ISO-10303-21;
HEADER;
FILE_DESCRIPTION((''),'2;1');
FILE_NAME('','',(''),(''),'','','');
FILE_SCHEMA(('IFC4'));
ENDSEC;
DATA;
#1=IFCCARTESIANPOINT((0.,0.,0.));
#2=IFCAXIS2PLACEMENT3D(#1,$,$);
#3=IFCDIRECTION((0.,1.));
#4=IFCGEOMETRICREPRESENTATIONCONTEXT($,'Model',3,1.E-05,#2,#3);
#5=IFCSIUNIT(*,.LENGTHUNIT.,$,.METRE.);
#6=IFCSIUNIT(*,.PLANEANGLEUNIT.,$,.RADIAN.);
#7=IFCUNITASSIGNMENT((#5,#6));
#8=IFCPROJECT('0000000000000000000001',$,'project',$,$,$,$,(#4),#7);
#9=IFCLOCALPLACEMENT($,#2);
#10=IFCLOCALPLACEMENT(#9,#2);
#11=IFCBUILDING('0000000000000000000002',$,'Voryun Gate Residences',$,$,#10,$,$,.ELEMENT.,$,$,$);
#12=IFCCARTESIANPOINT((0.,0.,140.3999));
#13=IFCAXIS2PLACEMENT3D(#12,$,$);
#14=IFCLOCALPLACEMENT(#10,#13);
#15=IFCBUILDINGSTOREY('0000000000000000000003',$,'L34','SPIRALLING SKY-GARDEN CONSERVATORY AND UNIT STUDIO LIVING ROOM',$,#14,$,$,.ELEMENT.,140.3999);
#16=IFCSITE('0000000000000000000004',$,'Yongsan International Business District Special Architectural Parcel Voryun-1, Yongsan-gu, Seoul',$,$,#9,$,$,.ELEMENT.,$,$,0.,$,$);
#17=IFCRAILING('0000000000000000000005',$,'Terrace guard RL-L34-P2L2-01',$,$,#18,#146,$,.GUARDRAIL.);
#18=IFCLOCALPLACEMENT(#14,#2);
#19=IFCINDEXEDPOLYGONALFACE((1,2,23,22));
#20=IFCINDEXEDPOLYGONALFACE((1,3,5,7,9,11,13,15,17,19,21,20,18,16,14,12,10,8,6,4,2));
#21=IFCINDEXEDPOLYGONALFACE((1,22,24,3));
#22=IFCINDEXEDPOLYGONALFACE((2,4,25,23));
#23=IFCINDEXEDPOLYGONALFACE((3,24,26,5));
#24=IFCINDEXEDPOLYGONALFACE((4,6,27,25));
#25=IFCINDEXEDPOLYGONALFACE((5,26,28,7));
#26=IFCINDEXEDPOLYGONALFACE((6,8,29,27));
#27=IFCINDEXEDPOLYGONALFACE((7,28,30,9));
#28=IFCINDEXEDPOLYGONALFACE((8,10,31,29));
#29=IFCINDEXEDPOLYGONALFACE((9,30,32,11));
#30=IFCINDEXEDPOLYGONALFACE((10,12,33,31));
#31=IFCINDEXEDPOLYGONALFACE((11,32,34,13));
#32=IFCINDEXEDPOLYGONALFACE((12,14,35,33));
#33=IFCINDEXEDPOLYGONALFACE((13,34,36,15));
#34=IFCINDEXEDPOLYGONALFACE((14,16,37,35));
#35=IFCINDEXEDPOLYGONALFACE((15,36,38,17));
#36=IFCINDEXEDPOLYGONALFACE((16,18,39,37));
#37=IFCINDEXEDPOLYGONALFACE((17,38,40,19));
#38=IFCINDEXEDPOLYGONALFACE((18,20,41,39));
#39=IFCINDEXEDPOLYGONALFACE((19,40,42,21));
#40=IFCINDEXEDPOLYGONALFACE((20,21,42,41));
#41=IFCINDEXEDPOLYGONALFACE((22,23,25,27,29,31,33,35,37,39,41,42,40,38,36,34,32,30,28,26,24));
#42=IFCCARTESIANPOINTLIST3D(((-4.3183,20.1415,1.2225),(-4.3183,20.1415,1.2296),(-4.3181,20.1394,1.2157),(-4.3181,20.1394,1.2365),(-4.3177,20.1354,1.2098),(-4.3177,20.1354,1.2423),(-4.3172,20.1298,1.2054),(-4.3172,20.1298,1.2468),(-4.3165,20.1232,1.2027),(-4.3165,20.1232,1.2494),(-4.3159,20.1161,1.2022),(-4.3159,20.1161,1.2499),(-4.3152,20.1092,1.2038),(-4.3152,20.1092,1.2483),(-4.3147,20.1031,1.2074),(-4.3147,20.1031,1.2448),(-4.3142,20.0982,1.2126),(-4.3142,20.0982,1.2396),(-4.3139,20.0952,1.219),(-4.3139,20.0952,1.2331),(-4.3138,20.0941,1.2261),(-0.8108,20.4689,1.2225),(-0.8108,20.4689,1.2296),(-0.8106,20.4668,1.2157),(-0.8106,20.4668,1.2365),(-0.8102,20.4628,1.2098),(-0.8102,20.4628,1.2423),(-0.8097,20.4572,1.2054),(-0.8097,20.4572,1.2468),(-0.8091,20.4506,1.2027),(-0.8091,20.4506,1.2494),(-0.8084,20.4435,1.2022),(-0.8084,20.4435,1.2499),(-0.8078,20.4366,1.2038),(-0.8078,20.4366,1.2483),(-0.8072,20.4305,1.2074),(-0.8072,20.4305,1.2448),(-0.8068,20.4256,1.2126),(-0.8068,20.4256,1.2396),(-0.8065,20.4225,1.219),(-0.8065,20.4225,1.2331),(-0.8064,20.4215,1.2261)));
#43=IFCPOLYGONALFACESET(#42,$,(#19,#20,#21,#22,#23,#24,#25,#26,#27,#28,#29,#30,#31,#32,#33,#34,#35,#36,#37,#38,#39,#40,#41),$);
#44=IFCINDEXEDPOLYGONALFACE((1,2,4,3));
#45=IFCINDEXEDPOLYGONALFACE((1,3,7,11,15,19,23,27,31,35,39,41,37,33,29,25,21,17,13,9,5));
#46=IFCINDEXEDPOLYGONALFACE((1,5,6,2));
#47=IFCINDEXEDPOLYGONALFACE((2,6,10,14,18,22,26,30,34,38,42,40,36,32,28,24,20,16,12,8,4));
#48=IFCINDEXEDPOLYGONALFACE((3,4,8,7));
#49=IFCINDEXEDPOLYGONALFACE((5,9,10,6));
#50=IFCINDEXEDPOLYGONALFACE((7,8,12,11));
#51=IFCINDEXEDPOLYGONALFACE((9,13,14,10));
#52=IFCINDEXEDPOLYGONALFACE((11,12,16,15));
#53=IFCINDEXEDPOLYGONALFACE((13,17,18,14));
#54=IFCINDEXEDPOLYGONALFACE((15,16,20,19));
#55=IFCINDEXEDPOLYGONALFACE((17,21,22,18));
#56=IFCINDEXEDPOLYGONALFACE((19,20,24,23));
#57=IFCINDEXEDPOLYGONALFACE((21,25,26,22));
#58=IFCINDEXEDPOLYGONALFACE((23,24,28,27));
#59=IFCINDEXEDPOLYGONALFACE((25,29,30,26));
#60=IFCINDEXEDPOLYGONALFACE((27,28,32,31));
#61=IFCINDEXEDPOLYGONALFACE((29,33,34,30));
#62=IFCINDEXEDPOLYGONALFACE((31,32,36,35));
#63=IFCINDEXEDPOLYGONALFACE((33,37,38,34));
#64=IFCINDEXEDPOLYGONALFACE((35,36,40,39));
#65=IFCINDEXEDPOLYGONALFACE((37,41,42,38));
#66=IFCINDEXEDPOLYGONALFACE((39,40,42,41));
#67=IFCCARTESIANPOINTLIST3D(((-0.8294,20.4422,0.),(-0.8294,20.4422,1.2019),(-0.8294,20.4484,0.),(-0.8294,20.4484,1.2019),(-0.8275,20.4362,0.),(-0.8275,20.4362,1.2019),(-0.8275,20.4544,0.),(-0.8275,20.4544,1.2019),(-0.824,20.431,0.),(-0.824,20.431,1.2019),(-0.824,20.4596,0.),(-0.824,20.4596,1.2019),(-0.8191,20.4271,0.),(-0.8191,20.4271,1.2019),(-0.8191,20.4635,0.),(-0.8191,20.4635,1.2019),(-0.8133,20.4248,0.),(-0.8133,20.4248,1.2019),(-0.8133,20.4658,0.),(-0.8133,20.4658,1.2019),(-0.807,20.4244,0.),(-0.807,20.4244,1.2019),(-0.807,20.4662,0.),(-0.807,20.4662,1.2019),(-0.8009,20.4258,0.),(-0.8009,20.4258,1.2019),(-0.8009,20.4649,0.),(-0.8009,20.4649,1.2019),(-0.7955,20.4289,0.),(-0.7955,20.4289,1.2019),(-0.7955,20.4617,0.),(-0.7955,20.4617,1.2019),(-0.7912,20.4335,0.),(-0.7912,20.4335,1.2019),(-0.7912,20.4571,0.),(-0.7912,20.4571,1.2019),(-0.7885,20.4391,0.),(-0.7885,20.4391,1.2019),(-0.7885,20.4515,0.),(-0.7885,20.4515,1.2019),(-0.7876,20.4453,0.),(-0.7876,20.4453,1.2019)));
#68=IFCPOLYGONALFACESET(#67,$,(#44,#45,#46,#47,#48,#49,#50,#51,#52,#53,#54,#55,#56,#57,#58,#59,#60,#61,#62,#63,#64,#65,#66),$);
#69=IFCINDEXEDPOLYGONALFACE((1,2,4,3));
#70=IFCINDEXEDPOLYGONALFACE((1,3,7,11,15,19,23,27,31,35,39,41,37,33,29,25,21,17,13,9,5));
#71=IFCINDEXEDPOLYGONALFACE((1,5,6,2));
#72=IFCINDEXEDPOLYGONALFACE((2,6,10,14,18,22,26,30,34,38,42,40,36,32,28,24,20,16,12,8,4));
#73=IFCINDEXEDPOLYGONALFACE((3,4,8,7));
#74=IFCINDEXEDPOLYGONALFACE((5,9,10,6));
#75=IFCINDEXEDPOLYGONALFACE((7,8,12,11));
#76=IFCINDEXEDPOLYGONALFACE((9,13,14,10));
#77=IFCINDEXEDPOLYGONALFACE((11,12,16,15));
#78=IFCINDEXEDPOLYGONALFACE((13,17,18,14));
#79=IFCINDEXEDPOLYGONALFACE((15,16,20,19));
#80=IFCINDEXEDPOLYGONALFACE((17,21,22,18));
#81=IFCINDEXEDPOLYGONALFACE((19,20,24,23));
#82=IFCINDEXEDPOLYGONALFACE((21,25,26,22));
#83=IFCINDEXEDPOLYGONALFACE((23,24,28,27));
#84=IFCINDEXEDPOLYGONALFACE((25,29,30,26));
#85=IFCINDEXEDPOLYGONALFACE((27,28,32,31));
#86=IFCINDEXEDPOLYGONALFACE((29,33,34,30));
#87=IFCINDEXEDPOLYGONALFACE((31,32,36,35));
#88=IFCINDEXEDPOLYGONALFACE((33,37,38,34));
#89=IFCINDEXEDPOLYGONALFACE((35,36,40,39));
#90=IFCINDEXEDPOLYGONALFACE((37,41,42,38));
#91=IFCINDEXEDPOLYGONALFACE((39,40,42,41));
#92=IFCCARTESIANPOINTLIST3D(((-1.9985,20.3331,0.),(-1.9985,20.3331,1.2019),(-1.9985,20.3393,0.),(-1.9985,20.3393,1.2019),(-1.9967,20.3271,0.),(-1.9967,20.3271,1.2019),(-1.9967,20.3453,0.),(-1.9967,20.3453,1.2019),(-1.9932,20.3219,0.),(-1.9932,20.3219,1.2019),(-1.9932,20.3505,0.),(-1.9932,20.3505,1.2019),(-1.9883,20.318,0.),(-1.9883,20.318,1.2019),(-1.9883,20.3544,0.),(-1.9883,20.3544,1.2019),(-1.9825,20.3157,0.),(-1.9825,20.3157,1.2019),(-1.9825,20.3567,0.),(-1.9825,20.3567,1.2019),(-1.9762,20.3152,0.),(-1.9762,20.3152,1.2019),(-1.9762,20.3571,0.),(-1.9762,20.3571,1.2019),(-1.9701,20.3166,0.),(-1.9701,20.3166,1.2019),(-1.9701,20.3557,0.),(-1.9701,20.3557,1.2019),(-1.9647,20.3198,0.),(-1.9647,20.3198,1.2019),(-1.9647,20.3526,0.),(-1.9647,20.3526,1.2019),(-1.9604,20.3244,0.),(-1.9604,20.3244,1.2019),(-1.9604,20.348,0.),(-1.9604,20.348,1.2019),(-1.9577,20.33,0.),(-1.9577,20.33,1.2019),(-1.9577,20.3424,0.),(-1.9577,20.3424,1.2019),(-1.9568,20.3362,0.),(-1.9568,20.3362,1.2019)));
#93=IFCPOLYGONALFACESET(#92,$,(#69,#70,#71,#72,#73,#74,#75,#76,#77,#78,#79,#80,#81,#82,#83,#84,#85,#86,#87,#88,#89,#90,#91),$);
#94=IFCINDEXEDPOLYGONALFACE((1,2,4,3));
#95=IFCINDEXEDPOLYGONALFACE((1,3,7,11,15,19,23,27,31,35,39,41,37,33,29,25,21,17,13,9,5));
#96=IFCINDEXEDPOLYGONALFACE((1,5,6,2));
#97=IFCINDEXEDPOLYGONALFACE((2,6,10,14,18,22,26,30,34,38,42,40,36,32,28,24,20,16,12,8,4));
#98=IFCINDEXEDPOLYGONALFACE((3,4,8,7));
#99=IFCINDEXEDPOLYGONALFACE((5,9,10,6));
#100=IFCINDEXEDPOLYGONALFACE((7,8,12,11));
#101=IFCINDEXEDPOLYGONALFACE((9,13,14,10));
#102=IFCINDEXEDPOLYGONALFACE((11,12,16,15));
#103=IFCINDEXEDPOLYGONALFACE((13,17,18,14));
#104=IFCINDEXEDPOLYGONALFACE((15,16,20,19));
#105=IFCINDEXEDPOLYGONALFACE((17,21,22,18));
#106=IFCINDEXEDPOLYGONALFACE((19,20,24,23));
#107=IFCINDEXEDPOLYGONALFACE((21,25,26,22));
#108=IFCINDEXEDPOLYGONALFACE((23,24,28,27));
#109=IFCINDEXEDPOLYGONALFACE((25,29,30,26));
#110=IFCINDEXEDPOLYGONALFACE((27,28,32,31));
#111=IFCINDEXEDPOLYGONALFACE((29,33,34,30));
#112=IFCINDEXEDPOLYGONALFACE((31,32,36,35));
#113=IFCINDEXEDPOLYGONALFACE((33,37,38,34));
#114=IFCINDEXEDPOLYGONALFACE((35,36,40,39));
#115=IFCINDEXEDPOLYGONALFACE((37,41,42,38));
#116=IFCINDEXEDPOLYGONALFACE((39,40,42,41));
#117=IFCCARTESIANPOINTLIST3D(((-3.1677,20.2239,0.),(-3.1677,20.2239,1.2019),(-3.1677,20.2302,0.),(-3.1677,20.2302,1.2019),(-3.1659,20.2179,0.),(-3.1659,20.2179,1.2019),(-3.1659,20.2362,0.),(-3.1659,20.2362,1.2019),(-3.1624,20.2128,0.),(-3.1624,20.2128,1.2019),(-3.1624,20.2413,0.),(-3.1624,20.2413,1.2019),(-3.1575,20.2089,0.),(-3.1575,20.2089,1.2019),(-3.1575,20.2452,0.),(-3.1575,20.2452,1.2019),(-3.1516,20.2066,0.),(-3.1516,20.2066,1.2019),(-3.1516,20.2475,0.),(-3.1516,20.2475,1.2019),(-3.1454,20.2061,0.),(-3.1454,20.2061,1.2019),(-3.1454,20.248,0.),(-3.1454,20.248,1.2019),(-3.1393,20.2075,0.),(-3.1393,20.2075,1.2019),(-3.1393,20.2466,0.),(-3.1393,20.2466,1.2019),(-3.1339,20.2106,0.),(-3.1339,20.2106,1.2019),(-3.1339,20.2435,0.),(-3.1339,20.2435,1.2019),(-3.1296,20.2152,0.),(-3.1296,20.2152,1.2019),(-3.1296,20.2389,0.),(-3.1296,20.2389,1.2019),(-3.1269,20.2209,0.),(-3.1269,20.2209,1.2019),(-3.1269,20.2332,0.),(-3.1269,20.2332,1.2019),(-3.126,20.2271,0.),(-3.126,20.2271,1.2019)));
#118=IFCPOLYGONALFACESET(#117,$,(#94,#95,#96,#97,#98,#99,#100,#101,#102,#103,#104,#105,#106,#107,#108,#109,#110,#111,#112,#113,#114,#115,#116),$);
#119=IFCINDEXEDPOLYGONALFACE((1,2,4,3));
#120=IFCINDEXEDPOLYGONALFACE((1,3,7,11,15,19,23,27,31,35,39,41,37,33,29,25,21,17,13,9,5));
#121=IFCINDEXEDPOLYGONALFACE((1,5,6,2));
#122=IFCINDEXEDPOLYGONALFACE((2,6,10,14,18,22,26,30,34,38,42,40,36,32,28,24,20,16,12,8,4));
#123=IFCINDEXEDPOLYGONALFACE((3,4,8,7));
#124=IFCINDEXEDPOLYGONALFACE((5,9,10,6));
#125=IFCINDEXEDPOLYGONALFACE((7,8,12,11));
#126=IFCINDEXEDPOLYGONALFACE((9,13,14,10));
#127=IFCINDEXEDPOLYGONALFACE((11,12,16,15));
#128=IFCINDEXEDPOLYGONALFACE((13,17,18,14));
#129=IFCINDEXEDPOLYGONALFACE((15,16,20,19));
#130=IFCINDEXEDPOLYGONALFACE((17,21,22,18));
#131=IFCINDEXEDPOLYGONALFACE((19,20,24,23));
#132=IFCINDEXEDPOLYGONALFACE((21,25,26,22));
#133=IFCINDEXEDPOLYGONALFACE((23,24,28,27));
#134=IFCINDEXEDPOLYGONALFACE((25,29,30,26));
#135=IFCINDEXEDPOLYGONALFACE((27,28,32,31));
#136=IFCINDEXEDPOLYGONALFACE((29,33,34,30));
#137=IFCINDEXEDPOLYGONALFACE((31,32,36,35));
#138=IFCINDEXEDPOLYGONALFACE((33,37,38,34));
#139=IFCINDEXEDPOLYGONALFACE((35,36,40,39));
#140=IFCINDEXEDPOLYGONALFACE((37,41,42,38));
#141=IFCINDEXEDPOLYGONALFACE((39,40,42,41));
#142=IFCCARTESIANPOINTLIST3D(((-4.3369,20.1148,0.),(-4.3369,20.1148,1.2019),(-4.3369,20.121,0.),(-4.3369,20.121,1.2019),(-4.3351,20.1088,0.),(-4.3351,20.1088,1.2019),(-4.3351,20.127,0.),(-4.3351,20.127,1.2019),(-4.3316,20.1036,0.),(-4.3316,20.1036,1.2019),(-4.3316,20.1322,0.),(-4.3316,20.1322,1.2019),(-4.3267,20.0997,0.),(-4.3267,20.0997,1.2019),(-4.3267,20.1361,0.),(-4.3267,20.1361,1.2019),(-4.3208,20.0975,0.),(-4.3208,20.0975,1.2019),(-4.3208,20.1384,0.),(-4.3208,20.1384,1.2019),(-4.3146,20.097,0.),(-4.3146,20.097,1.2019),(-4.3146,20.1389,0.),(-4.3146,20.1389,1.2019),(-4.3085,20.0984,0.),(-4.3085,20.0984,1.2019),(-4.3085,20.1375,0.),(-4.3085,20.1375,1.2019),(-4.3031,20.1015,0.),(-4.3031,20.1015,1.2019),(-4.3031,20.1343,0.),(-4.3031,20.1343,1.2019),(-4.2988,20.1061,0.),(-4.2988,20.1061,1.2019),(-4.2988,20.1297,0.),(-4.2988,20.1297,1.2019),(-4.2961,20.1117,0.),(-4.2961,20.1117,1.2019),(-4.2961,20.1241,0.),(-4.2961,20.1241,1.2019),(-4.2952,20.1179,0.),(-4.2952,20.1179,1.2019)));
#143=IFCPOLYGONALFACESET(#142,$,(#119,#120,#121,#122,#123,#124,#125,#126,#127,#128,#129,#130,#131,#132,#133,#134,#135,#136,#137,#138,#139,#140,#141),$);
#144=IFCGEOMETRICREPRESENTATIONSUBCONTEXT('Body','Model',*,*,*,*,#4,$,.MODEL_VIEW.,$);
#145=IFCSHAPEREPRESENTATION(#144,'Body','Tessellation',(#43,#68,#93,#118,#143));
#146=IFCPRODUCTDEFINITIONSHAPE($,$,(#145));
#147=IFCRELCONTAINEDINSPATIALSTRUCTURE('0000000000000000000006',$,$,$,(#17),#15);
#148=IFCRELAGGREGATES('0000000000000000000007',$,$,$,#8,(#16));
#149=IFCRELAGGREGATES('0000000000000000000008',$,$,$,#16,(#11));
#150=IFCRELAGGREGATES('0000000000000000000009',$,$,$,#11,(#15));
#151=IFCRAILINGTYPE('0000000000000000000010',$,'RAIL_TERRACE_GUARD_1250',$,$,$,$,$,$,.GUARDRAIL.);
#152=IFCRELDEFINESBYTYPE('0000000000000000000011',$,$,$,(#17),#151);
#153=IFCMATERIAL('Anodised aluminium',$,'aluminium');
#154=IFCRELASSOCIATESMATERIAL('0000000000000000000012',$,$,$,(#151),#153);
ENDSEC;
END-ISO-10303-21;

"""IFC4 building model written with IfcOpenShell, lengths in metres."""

from ifc_helpers import new_model, si_unit, direction, frame, origin, origin_2d, place, context, subcontext, project, spatial, circle, extrude, material, type_object, element, save


model = new_model("IFC4")

# Units and contexts
model_context = context("Model", 3, precision=1e-05, world=origin(), true_north=direction((0.0, 1.0)))
body_context = subcontext(model_context, "Body", "Model", "MODEL_VIEW")
ifc_project = project(units=[si_unit("LENGTHUNIT", "METRE"), si_unit("PLANEANGLEUNIT", "RADIAN")], contexts=[model_context])

# Site, building, storey
site_placement = place(None, origin())
site = spatial("IfcSite", under=ifc_project, at=site_placement, Name="Yongsan International Business District Special Architectural Parcel Voryun-1, Yongsan-gu, Seoul", CompositionType="ELEMENT", RefElevation=0.0)
building_placement = place(site_placement, origin())
building = spatial("IfcBuilding", under=site, at=building_placement, Name="Voryun Gate Residences", CompositionType="ELEMENT")
storey_placement = place(building_placement, frame((0.0, 0.0, 140.3999)))
storey = spatial("IfcBuildingStorey", under=building, at=storey_placement, Name="L34", Description="SPIRALLING SKY-GARDEN CONSERVATORY AND UNIT STUDIO LIVING ROOM", CompositionType="ELEMENT", Elevation=140.3999)

# Railing
ifc_material_1 = material(Name="Anodised aluminium", Category="aluminium")
railing_type = type_object("IfcRailingType", Name="RAIL_TERRACE_GUARD_1250", PredefinedType="GUARDRAIL", material=ifc_material_1)
railing_placement = place(storey_placement, frame((-0.8086, 20.4453, 0.0)))
element("IfcRailing", 1, at=railing_placement, inside=storey, type_object=railing_type, Name="Terrace guard RL-L34-P2L2-01", PredefinedType="GUARDRAIL", context=body_context, shape_type="SweptSolid", body=[
    extrude(circle(Radius=0.0239, at=origin_2d()), frame((0.0, 0.0, 1.2261), z_axis=(-0.995672, -0.092935, 0.0), x_axis=(0.092935, -0.995672, 0.0)), (0.0, 0.0, 1.0), 3.5227),
    extrude(circle(Radius=0.021, at=origin_2d()), origin(), (0.0, 0.0, 1.0), 1.2019),
    extrude(circle(Radius=0.021, at=origin_2d()), frame((-1.1692, -0.1091, 0.0)), (0.0, 0.0, 1.0), 1.2019),
    extrude(circle(Radius=0.021, at=origin_2d()), frame((-2.3384, -0.2183, 0.0)), (0.0, 0.0, 1.0), 1.2019),
    extrude(circle(Radius=0.021, at=origin_2d()), frame((-3.5076, -0.3274, 0.0)), (0.0, 0.0, 1.0), 1.2019),
])

save(model, "model.ifc")
